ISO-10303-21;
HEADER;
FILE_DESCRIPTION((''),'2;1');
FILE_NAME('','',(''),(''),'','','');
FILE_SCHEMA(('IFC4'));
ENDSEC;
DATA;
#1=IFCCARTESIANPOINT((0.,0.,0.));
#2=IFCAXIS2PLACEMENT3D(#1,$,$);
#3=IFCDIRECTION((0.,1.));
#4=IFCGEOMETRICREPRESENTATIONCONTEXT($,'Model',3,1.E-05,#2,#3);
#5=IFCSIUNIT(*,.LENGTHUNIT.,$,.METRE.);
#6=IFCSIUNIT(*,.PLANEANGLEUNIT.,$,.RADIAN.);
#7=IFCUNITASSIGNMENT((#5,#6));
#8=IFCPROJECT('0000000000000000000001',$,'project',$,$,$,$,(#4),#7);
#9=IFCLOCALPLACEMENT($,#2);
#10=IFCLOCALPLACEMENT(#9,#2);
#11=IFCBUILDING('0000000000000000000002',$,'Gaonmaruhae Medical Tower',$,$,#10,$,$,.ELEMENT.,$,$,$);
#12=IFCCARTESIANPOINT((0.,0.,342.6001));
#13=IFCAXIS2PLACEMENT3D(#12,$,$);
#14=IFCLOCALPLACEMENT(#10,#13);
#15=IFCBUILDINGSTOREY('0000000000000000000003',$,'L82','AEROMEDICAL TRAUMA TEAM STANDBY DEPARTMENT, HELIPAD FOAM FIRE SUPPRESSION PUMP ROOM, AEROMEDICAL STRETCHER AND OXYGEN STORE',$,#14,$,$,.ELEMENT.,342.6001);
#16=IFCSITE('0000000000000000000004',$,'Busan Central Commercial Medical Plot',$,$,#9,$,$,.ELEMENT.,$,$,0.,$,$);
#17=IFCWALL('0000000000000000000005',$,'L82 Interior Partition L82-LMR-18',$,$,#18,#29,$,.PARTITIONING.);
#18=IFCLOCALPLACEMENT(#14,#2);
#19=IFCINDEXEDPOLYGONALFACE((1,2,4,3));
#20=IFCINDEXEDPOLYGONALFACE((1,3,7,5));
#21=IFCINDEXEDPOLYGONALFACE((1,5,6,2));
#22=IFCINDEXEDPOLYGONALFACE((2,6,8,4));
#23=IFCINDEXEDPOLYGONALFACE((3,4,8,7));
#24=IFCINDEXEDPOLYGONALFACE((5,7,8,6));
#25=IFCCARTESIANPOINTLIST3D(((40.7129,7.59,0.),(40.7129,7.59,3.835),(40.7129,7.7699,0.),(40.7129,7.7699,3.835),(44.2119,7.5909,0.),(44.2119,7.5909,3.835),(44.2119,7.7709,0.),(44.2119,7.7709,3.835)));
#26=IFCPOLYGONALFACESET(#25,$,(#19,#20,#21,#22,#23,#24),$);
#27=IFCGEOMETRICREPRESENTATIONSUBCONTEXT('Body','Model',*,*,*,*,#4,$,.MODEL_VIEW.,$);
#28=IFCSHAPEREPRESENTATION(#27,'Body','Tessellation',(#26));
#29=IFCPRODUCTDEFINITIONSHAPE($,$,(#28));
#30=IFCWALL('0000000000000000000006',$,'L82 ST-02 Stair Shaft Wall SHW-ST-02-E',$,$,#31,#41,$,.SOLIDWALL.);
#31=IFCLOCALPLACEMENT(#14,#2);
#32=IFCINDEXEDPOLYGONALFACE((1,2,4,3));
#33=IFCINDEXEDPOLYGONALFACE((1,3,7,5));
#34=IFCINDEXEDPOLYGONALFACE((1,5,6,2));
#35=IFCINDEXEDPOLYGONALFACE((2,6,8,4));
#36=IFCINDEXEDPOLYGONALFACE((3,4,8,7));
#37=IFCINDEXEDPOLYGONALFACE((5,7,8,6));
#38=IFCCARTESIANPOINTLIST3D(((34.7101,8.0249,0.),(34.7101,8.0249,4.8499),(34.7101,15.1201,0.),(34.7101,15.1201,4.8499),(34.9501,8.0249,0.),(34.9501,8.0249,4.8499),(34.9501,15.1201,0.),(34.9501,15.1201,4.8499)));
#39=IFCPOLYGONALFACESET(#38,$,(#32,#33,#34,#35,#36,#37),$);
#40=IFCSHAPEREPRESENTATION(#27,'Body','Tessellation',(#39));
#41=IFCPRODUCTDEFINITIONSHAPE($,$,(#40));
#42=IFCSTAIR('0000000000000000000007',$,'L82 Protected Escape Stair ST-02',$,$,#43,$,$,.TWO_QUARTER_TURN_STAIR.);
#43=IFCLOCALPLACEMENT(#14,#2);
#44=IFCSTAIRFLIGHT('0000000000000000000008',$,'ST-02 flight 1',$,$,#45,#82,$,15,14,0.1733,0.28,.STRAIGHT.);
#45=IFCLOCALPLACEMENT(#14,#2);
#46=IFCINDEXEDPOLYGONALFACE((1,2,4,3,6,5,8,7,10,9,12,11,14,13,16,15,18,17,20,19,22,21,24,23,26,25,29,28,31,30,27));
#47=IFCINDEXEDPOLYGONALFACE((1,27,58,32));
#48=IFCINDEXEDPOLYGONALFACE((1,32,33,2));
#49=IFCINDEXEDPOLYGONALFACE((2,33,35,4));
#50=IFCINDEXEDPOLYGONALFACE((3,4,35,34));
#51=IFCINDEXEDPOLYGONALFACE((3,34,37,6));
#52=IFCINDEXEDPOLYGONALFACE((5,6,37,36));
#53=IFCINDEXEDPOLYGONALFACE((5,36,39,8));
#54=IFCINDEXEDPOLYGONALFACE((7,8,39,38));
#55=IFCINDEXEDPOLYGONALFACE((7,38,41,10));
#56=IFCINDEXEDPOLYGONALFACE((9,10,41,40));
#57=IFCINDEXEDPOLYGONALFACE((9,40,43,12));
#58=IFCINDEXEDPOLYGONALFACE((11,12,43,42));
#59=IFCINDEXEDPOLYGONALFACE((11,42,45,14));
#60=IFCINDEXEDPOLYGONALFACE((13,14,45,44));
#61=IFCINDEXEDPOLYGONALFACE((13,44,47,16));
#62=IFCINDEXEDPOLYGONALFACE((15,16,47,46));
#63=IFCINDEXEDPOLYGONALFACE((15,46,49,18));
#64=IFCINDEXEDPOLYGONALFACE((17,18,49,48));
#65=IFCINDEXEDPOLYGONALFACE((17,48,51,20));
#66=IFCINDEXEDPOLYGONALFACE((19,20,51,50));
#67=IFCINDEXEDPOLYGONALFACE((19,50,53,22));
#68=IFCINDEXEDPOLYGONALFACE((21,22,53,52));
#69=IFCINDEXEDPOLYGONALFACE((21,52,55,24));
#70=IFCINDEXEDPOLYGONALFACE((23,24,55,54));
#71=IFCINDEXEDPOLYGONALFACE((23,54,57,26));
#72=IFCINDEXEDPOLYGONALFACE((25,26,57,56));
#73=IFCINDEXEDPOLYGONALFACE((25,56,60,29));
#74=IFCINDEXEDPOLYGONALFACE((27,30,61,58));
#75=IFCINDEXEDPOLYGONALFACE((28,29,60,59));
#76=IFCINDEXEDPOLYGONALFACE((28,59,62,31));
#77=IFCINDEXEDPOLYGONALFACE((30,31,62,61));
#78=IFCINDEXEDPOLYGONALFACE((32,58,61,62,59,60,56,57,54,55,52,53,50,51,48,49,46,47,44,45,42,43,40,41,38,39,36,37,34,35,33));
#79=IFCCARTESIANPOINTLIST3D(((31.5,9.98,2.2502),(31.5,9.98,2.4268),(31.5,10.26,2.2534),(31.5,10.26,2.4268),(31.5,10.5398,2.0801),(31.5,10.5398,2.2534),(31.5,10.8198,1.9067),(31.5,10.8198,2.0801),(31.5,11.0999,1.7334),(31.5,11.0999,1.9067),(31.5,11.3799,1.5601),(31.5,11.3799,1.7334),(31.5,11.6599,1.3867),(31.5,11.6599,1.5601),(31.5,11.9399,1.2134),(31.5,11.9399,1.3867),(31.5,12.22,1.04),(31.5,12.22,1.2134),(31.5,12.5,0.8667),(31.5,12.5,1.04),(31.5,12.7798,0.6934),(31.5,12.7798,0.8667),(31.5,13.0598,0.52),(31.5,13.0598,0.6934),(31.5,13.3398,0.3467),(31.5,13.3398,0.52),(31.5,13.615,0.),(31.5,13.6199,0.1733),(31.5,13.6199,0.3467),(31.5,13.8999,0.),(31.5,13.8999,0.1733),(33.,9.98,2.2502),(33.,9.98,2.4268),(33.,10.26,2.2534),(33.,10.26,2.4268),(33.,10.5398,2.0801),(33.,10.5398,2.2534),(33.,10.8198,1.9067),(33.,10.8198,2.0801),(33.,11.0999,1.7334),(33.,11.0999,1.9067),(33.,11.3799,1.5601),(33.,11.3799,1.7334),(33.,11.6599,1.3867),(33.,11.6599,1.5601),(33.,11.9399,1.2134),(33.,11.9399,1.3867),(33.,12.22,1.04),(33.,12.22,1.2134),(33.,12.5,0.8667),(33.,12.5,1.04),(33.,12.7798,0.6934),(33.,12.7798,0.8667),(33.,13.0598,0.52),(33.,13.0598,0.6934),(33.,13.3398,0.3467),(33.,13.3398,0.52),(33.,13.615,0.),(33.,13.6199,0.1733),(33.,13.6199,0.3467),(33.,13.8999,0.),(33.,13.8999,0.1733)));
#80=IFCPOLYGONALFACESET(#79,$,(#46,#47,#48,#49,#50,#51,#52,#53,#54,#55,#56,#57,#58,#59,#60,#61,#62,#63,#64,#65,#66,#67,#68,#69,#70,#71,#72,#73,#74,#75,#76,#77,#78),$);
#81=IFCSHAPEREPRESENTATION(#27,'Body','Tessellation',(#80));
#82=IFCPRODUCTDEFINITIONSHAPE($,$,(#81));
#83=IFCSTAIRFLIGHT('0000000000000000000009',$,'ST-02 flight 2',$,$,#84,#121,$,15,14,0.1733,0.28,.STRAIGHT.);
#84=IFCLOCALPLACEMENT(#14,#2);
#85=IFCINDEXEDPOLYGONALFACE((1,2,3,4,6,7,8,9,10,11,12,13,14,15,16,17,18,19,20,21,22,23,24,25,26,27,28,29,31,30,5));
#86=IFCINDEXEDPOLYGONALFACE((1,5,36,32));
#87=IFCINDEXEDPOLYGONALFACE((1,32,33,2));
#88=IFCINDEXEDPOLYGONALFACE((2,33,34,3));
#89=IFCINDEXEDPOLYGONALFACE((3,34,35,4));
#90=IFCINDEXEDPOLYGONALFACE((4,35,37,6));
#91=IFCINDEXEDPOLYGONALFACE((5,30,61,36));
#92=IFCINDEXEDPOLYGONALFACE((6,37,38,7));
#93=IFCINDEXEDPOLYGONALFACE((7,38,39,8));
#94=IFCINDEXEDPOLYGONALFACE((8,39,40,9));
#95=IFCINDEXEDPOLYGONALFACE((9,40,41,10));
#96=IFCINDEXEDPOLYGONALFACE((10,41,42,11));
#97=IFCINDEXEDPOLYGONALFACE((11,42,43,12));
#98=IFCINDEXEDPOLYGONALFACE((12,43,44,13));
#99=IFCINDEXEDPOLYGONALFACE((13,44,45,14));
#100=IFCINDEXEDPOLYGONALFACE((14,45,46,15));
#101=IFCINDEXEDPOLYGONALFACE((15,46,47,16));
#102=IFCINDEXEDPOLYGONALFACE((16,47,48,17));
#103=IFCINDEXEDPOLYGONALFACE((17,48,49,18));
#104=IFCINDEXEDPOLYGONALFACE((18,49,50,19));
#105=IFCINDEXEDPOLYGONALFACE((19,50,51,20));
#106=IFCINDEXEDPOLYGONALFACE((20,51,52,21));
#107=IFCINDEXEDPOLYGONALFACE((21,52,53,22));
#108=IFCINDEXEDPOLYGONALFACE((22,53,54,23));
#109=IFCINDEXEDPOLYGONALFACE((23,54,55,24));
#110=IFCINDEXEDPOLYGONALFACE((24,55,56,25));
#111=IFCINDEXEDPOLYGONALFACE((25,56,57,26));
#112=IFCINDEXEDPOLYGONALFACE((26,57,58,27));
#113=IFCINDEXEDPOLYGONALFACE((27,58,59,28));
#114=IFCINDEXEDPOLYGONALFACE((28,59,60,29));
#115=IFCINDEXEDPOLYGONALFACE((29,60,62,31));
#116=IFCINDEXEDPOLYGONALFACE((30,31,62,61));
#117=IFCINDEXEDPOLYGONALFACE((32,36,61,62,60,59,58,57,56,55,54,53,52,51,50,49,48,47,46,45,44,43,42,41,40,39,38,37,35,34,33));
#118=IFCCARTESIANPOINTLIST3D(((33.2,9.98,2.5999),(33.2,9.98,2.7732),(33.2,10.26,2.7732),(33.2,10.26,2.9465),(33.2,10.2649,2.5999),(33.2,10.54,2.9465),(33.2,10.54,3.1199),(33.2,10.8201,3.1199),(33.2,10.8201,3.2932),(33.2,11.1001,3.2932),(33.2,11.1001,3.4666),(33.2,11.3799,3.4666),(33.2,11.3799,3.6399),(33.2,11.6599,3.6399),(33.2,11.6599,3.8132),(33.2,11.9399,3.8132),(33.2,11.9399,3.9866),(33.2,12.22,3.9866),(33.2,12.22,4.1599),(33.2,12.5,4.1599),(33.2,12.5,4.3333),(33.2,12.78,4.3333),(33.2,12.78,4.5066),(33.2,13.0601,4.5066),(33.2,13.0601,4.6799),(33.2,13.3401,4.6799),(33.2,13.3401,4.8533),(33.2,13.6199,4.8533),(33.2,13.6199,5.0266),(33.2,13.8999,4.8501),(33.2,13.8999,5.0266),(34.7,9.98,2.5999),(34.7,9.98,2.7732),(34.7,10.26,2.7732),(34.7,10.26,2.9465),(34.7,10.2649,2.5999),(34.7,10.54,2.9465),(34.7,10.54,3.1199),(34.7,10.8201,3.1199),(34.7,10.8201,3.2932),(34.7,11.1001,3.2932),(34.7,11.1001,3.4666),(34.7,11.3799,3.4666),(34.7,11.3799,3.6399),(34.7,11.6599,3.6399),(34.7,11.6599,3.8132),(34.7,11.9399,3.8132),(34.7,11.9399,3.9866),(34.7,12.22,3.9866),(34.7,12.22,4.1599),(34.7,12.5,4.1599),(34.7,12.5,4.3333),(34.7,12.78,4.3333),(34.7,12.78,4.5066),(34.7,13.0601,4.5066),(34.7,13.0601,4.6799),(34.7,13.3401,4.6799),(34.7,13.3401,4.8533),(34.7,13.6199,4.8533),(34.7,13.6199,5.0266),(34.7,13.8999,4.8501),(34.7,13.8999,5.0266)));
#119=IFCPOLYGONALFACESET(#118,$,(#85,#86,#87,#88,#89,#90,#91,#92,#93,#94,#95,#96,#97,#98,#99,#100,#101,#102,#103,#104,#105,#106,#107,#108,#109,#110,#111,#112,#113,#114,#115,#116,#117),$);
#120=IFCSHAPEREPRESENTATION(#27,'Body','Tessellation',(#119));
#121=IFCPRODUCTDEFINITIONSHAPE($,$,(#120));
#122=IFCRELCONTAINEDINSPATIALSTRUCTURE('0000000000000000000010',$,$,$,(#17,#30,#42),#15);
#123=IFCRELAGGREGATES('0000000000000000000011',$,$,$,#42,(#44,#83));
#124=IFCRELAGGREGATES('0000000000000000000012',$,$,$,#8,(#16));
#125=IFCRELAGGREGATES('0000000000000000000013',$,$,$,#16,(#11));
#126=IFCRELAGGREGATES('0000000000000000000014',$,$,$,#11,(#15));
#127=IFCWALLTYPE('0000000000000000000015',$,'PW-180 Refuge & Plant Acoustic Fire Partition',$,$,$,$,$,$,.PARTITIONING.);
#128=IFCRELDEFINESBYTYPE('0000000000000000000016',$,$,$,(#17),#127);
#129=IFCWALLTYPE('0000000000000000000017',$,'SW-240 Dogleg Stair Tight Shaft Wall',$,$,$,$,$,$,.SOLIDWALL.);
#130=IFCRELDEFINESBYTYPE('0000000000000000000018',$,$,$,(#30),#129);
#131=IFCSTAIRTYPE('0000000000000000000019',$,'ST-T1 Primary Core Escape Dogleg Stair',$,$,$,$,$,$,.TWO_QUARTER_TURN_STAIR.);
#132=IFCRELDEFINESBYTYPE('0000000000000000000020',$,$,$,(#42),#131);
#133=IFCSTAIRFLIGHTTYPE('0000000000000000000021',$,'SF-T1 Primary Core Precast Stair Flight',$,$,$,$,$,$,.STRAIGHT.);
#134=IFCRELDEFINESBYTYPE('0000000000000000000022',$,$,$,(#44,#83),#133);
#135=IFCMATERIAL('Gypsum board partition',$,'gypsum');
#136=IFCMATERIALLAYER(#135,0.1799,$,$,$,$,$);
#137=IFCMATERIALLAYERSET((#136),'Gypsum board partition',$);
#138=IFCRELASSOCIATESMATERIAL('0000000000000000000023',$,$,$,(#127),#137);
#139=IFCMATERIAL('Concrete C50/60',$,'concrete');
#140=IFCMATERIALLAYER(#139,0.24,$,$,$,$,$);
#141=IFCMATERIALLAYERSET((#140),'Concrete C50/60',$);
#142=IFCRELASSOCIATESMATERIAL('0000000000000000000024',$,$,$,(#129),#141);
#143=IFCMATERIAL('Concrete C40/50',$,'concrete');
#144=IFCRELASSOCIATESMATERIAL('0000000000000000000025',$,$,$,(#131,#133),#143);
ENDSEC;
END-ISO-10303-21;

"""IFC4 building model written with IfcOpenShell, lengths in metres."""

from ifc_helpers import new_model, si_unit, direction, frame, frame_2d, origin, place, context, subcontext, project, spatial, polyline, rectangle, outline, extrude, material, layer, layer_set, type_object, element, aggregate, save


model = new_model("IFC4")

# Units and contexts
model_context = context("Model", 3, precision=1e-05, world=origin(), true_north=direction((0.0, 1.0)))
body_context = subcontext(model_context, "Body", "Model", "MODEL_VIEW")
ifc_project = project(units=[si_unit("LENGTHUNIT", "METRE"), si_unit("PLANEANGLEUNIT", "RADIAN")], contexts=[model_context])

# Site, building, storey
site_placement = place(None, origin())
site = spatial("IfcSite", under=ifc_project, at=site_placement, Name="Busan Central Commercial Medical Plot", CompositionType="ELEMENT", RefElevation=0.0)
building_placement = place(site_placement, origin())
building = spatial("IfcBuilding", under=site, at=building_placement, Name="Gaonmaruhae Medical Tower", CompositionType="ELEMENT")
storey_placement = place(building_placement, frame((0.0, 0.0, 342.6001)))
storey = spatial("IfcBuildingStorey", under=building, at=storey_placement, Name="L82", Description="AEROMEDICAL TRAUMA TEAM STANDBY DEPARTMENT, HELIPAD FOAM FIRE SUPPRESSION PUMP ROOM, AEROMEDICAL STRETCHER AND OXYGEN STORE", CompositionType="ELEMENT", Elevation=342.6001)

# Shared definitions
ifc_material_1 = material(Name="Concrete C50/60", Category="concrete")

# Walls
ifc_material_2 = material(Name="Gypsum board partition", Category="gypsum")
ifc_layer_1 = layer(ifc_material_2, 0.1799)
ifc_layer_set_1 = layer_set([ifc_layer_1], Name="Gypsum board partition")
wall_type_1 = type_object("IfcWallType", Name="PW-180 Refuge & Plant Acoustic Fire Partition", PredefinedType="PARTITIONING", material=ifc_layer_set_1)
wall_1_placement = place(storey_placement, frame((40.7129, 7.6799, 0.0), z_axis=(0.0, 0.0, 1.0), x_axis=(1.0, 0.000279, 0.0)))
element("IfcWall", 1, at=wall_1_placement, inside=storey, type_object=wall_type_1, Name="L82 Interior Partition L82-LMR-18", PredefinedType="PARTITIONING", context=body_context, shape_type="SweptSolid", body=[
    extrude(rectangle(XDim=3.499, YDim=0.1799, at=frame_2d((1.7495, 0.0))), origin(), (0.0, 0.0, 1.0), 3.835),
])
ifc_layer_2 = layer(ifc_material_1, 0.24)
ifc_layer_set_2 = layer_set([ifc_layer_2], Name="Concrete C50/60")
wall_type_2 = type_object("IfcWallType", Name="SW-240 Dogleg Stair Tight Shaft Wall", PredefinedType="SOLIDWALL", material=ifc_layer_set_2)
wall_2_placement = place(storey_placement, frame((34.8301, 15.1201, 0.0), z_axis=(0.0, 0.0, 1.0), x_axis=(0.0, -1.0, 0.0)))
element("IfcWall", 2, at=wall_2_placement, inside=storey, type_object=wall_type_2, Name="L82 ST-02 Stair Shaft Wall SHW-ST-02-E", PredefinedType="SOLIDWALL", context=body_context, shape_type="SweptSolid", body=[
    extrude(rectangle(XDim=7.0952, YDim=0.24, at=frame_2d((3.5476, 0.0))), origin(), (0.0, 0.0, 1.0), 4.8499),
])

# Stair, stair flights
ifc_material_3 = material(Name="Concrete C40/50", Category="concrete")
stair_type = type_object("IfcStairType", Name="ST-T1 Primary Core Escape Dogleg Stair", PredefinedType="TWO_QUARTER_TURN_STAIR", material=ifc_material_3)
stair_placement = place(storey_placement, origin())
stair = element("IfcStair", 3, at=stair_placement, inside=storey, type_object=stair_type, Name="L82 Protected Escape Stair ST-02", PredefinedType="TWO_QUARTER_TURN_STAIR")
stair_flight_type = type_object("IfcStairFlightType", Name="SF-T1 Primary Core Precast Stair Flight", PredefinedType="STRAIGHT", material=ifc_material_3)
stair_flight_1_placement = place(storey_placement, frame((32.25, 13.8999, 0.0), z_axis=(0.0, 0.0, 1.0), x_axis=(0.0, -1.0, 0.0)))
stair_flight_1 = element("IfcStairFlight", 4, at=stair_flight_1_placement, type_object=stair_flight_type, Name="ST-02 flight 1", NumberOfRisers=15, NumberOfTreads=14, PredefinedType="STRAIGHT", RiserHeight=0.1733, TreadLength=0.28, context=body_context, shape_type="SweptSolid", body=[
    extrude(outline(polyline([(0.0, 0.0), (0.0, 0.1733), (0.28, 0.1733), (0.28, 0.3467), (0.5601, 0.3467), (0.5601, 0.52), (0.8401, 0.52), (0.8401, 0.6934), (1.1201, 0.6934), (1.1201, 0.8667), (1.3999, 0.8667), (1.3999, 1.04), (1.6799, 1.04), (1.6799, 1.2134), (1.96, 1.2134), (1.96, 1.3867), (2.24, 1.3867), (2.24, 1.5601), (2.52, 1.5601), (2.52, 1.7334), (2.8, 1.7334), (2.8, 1.9067), (3.0801, 1.9067), (3.0801, 2.0801), (3.3601, 2.0801), (3.3601, 2.2534), (3.6399, 2.2534), (3.6399, 2.4268), (3.9199, 2.4268), (3.9199, 2.6001), (3.9199, 2.2502), (0.2849, 0.0), (0.0, 0.0)])), frame((0.0, 0.75, 0.0), z_axis=(0.0, -1.0, 0.0), x_axis=(1.0, 0.0, 0.0)), (0.0, 0.0, 1.0), 1.5),
])
stair_flight_2_placement = place(storey_placement, frame((33.95, 9.98, 2.5999), z_axis=(0.0, 0.0, 1.0), x_axis=(0.0, 1.0, 0.0)))
stair_flight_2 = element("IfcStairFlight", 5, at=stair_flight_2_placement, type_object=stair_flight_type, Name="ST-02 flight 2", NumberOfRisers=15, NumberOfTreads=14, PredefinedType="STRAIGHT", RiserHeight=0.1733, TreadLength=0.28, context=body_context, shape_type="SweptSolid", body=[
    extrude(outline(polyline([(0.0, 0.0), (0.0, 0.1733), (0.28, 0.1733), (0.28, 0.3467), (0.5601, 0.3467), (0.5601, 0.52), (0.8401, 0.52), (0.8401, 0.6934), (1.1201, 0.6934), (1.1201, 0.8667), (1.3999, 0.8667), (1.3999, 1.04), (1.6799, 1.04), (1.6799, 1.2134), (1.96, 1.2134), (1.96, 1.3867), (2.24, 1.3867), (2.24, 1.5601), (2.52, 1.5601), (2.52, 1.7334), (2.8, 1.7334), (2.8, 1.9067), (3.0801, 1.9067), (3.0801, 2.0801), (3.3601, 2.0801), (3.3601, 2.2534), (3.6399, 2.2534), (3.6399, 2.4268), (3.9199, 2.4268), (3.9199, 2.6001), (3.9199, 2.2502), (0.2849, 0.0), (0.0, 0.0)])), frame((0.0, 0.75, 0.0), z_axis=(0.0, -1.0, 0.0), x_axis=(1.0, 0.0, 0.0)), (0.0, 0.0, 1.0), 1.5),
])
aggregate(stair, [stair_flight_1, stair_flight_2])

save(model, "model.ifc")
